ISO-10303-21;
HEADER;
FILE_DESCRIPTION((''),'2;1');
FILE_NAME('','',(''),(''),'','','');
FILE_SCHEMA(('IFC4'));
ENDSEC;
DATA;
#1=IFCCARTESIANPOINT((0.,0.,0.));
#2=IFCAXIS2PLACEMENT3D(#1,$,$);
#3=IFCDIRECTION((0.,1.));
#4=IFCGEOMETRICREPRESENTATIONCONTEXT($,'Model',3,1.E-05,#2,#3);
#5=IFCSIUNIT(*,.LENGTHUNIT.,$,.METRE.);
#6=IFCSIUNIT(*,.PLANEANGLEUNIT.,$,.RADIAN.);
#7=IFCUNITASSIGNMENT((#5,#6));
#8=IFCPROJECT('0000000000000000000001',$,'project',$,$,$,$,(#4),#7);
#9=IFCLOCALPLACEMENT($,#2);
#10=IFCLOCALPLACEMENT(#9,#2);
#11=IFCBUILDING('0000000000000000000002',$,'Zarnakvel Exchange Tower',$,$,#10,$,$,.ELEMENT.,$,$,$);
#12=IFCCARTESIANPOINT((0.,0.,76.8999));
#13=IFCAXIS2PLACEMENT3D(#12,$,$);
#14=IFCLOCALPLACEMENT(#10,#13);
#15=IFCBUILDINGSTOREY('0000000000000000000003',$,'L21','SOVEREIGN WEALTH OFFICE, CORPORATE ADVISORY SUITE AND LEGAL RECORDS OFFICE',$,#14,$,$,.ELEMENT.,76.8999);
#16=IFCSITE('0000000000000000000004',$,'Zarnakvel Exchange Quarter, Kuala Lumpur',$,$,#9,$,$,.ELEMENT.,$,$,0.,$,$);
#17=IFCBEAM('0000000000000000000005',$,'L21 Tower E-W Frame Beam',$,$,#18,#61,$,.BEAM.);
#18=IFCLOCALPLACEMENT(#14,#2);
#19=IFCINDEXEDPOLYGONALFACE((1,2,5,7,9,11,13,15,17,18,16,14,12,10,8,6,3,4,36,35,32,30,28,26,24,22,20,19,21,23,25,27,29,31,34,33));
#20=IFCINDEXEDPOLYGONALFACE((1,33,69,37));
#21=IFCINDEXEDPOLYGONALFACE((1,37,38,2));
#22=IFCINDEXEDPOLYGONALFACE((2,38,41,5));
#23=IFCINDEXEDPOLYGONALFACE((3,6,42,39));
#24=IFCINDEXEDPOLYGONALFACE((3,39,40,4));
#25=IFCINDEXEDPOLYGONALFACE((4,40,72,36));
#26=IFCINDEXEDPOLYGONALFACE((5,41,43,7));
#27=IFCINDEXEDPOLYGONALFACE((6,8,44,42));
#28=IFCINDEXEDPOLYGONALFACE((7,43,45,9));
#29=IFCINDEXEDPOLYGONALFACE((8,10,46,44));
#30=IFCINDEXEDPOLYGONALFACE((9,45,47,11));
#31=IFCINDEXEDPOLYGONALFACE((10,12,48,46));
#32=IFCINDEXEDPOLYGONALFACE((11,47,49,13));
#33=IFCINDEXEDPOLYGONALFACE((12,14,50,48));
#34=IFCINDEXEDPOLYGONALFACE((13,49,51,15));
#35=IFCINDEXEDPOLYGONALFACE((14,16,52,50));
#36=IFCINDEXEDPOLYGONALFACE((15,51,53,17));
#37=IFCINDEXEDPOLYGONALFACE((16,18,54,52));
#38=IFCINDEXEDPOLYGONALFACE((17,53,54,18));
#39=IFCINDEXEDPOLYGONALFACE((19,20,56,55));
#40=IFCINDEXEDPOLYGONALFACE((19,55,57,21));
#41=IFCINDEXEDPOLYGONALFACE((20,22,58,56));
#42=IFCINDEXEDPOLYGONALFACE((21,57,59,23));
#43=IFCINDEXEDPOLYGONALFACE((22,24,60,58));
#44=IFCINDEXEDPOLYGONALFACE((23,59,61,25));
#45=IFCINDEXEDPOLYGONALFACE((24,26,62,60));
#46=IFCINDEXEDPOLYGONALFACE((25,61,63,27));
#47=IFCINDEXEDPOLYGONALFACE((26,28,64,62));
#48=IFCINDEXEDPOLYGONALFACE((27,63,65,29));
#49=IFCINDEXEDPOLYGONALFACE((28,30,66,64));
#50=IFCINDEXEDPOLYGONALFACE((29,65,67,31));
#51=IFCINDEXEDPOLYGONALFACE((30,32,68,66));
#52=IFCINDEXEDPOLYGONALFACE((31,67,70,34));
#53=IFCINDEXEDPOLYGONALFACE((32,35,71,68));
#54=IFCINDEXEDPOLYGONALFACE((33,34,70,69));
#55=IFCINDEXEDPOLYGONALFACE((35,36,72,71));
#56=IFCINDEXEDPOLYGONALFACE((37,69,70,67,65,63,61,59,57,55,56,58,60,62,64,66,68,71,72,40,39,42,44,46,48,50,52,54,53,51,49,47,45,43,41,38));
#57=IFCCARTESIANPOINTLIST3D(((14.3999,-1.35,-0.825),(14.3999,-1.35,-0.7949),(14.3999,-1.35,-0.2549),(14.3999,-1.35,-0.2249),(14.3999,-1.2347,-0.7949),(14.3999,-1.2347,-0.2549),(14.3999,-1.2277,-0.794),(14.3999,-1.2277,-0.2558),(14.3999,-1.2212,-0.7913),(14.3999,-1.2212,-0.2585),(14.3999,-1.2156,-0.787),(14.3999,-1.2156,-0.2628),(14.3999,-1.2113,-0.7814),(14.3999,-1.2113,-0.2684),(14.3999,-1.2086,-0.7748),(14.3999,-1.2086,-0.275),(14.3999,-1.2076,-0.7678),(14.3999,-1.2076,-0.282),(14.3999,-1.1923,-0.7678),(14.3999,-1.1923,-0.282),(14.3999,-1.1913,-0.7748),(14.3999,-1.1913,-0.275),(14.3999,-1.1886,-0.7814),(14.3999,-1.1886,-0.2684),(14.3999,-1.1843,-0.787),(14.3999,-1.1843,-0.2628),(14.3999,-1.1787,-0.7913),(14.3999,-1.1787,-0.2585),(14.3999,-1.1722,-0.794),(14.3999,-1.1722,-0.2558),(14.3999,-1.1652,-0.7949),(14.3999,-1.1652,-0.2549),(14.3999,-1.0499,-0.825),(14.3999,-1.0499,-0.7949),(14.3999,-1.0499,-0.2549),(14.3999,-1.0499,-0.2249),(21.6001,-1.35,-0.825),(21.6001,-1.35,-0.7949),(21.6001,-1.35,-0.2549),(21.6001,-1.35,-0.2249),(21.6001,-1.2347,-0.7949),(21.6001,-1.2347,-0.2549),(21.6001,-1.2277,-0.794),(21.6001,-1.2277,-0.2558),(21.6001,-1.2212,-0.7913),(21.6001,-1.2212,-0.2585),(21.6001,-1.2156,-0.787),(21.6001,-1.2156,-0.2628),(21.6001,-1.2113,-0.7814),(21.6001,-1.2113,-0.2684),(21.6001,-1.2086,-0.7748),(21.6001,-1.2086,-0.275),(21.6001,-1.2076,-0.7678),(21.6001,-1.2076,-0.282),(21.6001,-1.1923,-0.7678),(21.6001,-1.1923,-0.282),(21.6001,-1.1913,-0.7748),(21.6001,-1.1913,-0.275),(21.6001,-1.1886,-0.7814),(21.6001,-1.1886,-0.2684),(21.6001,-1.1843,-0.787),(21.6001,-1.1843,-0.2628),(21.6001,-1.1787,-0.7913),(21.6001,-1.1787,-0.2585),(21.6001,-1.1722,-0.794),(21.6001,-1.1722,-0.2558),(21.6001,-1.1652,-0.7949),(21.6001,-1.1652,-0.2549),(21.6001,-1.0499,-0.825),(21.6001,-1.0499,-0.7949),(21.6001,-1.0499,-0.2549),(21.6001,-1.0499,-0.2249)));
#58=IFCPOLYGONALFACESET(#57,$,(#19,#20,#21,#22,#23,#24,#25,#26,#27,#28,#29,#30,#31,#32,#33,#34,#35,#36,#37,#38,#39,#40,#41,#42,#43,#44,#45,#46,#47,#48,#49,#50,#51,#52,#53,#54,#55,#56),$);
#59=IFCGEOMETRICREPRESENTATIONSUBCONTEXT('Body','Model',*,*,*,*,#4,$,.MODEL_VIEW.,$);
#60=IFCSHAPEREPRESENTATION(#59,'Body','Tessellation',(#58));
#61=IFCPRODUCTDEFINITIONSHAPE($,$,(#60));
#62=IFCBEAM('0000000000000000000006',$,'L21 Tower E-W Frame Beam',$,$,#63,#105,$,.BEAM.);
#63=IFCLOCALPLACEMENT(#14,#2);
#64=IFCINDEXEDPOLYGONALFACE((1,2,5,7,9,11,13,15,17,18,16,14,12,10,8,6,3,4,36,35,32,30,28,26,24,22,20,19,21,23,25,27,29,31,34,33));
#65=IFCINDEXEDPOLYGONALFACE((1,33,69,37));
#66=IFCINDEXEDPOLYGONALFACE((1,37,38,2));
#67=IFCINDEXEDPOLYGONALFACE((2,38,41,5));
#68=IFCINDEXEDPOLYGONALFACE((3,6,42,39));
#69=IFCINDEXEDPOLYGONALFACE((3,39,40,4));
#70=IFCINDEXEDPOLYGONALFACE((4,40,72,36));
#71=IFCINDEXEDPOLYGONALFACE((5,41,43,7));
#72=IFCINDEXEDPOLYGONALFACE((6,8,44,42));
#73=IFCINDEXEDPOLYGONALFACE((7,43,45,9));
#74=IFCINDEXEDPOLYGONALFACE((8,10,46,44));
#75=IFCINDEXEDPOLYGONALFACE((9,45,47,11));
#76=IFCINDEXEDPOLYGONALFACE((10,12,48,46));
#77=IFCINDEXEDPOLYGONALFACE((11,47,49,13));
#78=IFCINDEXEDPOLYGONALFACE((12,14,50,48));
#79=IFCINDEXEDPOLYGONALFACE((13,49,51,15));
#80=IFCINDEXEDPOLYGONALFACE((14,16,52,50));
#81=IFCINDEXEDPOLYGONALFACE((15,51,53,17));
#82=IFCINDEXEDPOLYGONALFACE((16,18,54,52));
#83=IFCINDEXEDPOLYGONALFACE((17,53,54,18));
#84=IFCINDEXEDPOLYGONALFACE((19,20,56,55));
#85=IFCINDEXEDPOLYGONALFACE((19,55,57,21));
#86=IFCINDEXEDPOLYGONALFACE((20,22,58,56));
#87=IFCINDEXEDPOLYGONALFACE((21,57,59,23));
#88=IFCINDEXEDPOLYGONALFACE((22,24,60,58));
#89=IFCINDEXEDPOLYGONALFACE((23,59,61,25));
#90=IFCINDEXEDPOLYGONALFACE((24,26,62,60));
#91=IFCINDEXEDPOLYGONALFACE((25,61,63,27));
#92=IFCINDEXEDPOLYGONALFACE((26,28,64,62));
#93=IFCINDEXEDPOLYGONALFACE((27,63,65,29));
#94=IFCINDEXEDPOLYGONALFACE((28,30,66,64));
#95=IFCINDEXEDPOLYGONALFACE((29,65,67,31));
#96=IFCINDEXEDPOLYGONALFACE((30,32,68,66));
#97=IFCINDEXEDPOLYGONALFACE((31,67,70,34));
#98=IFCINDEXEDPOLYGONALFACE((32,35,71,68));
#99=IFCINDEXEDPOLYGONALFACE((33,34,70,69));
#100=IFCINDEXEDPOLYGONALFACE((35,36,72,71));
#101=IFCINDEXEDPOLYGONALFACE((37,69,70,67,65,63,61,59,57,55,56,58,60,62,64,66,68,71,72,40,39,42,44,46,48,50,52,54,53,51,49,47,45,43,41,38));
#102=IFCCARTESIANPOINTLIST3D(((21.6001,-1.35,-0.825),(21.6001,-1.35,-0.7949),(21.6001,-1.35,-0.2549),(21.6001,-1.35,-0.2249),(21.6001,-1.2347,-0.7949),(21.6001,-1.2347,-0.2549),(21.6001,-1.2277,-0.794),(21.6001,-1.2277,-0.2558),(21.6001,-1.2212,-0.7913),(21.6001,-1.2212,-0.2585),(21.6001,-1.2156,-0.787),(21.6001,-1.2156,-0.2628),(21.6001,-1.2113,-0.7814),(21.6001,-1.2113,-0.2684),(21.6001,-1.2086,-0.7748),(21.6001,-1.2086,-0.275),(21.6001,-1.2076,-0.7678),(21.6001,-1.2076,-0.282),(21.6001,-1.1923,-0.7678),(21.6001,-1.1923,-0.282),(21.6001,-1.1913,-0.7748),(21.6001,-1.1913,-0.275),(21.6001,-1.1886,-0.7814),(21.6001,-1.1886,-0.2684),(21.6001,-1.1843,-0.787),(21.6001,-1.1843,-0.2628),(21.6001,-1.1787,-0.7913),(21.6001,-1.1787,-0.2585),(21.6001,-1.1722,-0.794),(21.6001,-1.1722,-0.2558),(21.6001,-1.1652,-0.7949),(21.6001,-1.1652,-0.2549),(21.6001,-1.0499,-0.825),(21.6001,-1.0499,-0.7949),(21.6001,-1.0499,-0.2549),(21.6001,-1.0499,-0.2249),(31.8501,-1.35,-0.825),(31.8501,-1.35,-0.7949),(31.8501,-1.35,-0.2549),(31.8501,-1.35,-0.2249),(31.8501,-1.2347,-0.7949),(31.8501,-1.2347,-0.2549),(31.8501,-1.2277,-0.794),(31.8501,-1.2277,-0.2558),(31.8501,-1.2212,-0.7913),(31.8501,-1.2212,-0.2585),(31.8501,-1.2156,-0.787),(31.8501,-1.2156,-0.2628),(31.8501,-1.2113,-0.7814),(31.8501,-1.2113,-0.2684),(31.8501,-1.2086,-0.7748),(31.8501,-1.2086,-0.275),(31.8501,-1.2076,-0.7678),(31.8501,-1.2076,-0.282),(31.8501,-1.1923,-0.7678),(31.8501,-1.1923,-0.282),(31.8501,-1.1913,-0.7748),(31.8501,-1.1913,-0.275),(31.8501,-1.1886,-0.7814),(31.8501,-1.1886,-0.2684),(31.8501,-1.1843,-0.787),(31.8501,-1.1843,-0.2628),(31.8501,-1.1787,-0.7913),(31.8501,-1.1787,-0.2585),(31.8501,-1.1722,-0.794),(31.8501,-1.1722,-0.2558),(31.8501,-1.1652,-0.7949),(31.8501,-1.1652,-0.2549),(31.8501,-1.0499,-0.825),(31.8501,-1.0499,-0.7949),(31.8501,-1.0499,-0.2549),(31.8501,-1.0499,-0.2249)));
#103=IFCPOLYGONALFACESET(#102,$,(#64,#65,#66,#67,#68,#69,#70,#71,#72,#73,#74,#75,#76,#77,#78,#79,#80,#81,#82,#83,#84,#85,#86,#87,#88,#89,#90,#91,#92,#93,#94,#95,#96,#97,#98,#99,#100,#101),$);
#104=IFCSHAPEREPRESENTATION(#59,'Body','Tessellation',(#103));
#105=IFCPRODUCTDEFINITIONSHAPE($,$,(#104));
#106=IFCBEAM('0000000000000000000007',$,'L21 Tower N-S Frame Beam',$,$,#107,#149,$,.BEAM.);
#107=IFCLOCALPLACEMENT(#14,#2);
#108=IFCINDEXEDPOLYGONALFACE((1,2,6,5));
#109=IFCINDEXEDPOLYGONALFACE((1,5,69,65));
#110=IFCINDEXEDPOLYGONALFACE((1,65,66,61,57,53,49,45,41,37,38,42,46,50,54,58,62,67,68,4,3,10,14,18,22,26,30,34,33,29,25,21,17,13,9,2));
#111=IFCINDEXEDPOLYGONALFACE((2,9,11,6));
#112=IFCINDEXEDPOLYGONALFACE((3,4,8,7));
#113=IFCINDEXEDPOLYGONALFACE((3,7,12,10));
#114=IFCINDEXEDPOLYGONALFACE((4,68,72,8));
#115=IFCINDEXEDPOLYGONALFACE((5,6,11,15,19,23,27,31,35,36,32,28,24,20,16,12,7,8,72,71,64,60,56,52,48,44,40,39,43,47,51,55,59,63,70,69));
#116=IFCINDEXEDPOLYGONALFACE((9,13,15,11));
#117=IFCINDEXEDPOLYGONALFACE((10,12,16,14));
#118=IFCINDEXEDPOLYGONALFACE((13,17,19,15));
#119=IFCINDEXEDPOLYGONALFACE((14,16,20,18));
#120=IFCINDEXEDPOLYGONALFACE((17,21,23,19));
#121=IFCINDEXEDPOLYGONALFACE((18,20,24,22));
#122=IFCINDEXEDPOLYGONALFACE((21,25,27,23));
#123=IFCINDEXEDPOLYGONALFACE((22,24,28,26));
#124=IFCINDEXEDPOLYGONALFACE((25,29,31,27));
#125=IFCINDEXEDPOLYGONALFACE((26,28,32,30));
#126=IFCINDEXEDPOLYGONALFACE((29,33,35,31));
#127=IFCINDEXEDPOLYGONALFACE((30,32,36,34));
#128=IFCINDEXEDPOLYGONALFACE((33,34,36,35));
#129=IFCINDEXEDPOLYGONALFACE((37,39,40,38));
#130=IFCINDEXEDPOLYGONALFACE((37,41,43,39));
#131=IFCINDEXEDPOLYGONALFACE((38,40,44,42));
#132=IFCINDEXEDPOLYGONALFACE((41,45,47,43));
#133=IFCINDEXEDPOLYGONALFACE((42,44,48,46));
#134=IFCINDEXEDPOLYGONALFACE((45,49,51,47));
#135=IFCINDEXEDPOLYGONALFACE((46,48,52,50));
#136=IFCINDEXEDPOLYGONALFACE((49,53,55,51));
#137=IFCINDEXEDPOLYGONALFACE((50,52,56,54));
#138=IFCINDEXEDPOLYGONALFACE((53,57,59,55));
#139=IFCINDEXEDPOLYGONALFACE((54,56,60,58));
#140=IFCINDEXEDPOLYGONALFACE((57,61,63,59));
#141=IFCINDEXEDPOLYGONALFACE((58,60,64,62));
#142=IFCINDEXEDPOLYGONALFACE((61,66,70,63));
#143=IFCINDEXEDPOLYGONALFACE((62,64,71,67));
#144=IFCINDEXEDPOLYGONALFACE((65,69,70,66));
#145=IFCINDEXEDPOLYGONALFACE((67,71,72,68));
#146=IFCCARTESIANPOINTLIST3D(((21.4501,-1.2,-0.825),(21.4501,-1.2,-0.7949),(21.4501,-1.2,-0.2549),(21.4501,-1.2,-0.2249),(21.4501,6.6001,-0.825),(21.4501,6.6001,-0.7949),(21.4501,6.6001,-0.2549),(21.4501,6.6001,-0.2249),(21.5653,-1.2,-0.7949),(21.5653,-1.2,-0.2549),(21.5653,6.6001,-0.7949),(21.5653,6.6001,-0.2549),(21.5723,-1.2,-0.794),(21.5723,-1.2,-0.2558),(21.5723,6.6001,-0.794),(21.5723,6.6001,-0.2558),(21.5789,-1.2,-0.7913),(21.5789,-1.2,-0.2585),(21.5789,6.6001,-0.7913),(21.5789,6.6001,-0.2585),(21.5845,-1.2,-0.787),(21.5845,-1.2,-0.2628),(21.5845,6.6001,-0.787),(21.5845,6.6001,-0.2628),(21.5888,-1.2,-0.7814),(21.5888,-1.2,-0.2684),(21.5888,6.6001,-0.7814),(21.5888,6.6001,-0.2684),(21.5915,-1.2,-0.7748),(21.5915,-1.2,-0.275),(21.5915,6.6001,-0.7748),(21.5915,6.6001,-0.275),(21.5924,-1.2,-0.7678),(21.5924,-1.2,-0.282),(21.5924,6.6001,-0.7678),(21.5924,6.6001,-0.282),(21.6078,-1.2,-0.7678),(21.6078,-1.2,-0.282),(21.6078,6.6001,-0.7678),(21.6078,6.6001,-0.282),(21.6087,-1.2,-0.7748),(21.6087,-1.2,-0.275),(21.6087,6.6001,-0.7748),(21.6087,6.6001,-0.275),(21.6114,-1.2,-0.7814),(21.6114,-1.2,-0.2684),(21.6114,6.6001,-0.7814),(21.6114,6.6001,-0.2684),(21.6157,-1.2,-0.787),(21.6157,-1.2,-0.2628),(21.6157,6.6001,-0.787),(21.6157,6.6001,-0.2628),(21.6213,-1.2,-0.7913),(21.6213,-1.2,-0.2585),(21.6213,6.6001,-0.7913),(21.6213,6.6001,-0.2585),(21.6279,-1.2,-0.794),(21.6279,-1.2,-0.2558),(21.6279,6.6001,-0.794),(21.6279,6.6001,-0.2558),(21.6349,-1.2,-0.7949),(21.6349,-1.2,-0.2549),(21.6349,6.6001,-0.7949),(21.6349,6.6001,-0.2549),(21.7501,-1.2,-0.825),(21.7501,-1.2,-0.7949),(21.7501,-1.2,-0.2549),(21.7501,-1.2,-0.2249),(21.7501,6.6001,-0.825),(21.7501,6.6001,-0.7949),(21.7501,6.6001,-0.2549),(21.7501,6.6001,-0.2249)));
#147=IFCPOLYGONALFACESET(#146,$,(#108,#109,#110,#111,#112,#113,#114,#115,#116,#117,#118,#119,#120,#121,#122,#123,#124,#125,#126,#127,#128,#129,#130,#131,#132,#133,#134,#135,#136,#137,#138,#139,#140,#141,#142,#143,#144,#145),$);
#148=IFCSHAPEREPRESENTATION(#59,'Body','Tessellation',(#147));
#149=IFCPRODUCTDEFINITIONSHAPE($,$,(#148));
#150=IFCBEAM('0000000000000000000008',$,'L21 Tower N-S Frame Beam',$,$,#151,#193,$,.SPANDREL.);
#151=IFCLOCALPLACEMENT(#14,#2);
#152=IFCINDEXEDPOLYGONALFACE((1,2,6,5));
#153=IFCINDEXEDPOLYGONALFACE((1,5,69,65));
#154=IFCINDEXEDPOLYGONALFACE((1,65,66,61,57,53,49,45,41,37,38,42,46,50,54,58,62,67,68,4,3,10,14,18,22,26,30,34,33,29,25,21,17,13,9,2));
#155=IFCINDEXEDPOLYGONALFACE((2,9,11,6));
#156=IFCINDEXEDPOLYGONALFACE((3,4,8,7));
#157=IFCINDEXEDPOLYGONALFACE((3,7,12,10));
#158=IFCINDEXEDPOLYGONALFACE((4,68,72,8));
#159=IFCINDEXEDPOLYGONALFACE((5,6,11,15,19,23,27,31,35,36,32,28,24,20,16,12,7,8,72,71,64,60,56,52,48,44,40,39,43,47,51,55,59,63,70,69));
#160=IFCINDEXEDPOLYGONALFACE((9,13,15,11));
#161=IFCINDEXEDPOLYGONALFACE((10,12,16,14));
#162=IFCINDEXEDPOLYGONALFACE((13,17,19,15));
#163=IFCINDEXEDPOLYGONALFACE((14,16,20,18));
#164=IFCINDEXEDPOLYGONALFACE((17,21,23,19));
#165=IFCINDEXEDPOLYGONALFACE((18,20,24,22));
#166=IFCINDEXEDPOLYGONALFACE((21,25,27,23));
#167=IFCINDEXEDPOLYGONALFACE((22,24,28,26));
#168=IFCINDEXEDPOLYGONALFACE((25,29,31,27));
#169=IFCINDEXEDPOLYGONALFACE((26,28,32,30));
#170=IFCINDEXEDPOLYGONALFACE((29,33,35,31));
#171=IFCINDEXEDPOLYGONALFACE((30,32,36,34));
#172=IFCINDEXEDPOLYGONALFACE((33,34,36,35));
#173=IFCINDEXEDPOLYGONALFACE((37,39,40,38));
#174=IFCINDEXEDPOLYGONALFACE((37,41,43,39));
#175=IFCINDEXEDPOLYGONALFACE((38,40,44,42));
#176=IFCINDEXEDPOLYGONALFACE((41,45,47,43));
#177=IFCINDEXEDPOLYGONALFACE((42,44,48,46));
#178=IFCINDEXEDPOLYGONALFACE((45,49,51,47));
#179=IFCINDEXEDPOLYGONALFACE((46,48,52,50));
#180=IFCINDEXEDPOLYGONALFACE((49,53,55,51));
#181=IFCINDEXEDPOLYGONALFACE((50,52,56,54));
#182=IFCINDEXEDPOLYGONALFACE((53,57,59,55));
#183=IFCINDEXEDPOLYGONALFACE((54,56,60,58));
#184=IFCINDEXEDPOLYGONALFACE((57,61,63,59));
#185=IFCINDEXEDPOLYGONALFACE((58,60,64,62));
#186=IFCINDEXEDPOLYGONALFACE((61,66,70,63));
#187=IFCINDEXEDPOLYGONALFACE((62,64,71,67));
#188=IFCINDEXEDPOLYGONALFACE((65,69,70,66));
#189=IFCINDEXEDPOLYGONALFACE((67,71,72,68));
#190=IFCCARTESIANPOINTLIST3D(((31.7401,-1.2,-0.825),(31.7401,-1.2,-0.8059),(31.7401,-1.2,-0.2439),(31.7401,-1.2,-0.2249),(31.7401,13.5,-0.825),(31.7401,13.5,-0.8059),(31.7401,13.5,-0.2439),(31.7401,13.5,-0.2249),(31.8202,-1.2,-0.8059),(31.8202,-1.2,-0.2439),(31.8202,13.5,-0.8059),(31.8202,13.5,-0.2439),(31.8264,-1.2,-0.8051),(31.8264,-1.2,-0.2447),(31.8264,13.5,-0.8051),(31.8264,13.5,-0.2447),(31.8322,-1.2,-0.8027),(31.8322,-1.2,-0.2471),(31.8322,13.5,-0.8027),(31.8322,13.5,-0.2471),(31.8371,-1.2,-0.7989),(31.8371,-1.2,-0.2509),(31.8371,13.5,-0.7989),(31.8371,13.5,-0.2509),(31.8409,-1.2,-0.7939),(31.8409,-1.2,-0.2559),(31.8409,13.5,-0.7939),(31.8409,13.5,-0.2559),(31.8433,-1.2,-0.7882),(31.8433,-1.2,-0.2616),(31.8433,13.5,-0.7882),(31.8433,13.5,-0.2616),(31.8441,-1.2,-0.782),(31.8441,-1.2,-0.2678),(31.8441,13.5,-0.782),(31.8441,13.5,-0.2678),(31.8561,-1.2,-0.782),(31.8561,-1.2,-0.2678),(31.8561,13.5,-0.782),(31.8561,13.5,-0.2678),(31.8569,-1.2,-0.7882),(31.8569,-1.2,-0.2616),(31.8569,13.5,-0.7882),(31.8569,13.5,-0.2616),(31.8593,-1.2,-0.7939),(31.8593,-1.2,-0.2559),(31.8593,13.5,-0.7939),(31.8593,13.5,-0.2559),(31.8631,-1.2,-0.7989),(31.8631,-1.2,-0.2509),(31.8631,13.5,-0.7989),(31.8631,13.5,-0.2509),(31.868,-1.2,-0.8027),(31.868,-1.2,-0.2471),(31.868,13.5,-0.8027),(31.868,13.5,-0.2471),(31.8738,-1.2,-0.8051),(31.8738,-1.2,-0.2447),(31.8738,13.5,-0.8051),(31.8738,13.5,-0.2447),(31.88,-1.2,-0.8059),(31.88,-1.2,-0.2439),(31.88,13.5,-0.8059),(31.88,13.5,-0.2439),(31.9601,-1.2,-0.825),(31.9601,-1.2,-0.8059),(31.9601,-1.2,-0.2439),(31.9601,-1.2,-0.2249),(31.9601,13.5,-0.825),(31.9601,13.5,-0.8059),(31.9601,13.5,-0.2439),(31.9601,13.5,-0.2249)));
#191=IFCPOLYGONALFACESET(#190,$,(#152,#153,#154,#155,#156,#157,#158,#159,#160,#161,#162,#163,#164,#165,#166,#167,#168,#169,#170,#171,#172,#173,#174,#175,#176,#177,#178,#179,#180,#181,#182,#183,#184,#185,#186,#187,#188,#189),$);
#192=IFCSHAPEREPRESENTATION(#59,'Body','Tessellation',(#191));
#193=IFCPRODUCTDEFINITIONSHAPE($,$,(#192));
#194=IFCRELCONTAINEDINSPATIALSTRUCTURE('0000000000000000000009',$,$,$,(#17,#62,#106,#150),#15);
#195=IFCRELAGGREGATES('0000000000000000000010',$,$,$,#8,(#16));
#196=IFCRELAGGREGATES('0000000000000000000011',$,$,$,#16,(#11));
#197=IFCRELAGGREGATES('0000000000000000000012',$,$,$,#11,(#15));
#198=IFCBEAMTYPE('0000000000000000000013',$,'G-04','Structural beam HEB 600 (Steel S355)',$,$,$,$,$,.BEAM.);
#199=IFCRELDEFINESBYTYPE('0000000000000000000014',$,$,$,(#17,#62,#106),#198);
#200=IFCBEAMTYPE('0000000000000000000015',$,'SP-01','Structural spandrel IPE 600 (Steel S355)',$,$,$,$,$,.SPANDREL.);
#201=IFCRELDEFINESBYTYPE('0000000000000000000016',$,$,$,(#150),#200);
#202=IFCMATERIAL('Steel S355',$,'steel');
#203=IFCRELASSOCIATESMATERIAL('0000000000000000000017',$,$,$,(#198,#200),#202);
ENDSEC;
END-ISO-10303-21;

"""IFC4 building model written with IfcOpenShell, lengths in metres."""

from ifc_helpers import new_model, si_unit, direction, frame, origin, origin_2d, place, context, subcontext, project, spatial, i_section, extrude, material, material_profile, profile_set, type_object, element, save


model = new_model("IFC4")

# Units and contexts
model_context = context("Model", 3, precision=1e-05, world=origin(), true_north=direction((0.0, 1.0)))
body_context = subcontext(model_context, "Body", "Model", "MODEL_VIEW")
ifc_project = project(units=[si_unit("LENGTHUNIT", "METRE"), si_unit("PLANEANGLEUNIT", "RADIAN")], contexts=[model_context])

# Site, building, storey
site_placement = place(None, origin())
site = spatial("IfcSite", under=ifc_project, at=site_placement, Name="Zarnakvel Exchange Quarter, Kuala Lumpur", CompositionType="ELEMENT", RefElevation=0.0)
building_placement = place(site_placement, origin())
building = spatial("IfcBuilding", under=site, at=building_placement, Name="Zarnakvel Exchange Tower", CompositionType="ELEMENT")
storey_placement = place(building_placement, frame((0.0, 0.0, 76.8999)))
storey = spatial("IfcBuildingStorey", under=building, at=storey_placement, Name="L21", Description="SOVEREIGN WEALTH OFFICE, CORPORATE ADVISORY SUITE AND LEGAL RECORDS OFFICE", CompositionType="ELEMENT", Elevation=76.8999)

# Shared definitions
ifc_material_1 = material(Name="Steel S355", Category="steel")

# Beams
ifc_material_profile_1 = material_profile(ifc_material_1, i_section(OverallWidth=0.3, OverallDepth=0.6001, WebThickness=0.0154, FlangeThickness=0.03, FilletRadius=0.0271, at=origin_2d()))
ifc_profile_set_1 = profile_set([ifc_material_profile_1], Name="Steel S355")
beam_type_1 = type_object("IfcBeamType", Name="G-04", Description="Structural beam HEB 600 (Steel S355)", PredefinedType="BEAM", material=ifc_profile_set_1)
beam_1_placement = place(storey_placement, frame((14.3999, -1.2, -0.5249), z_axis=(1.0, 0.0, 0.0), x_axis=(0.0, 1.0, 0.0)))
element("IfcBeam", 1, at=beam_1_placement, inside=storey, type_object=beam_type_1, Name="L21 Tower E-W Frame Beam", PredefinedType="BEAM", context=body_context, shape_type="SweptSolid", body=[
    extrude(i_section(OverallWidth=0.3, OverallDepth=0.6001, WebThickness=0.0154, FlangeThickness=0.03, FilletRadius=0.0271, at=origin_2d()), origin(), (0.0, 0.0, 1.0), 7.2002),
])
beam_2_placement = place(storey_placement, frame((21.6001, -1.2, -0.5249), z_axis=(1.0, 0.0, 0.0), x_axis=(0.0, 1.0, 0.0)))
element("IfcBeam", 2, at=beam_2_placement, inside=storey, type_object=beam_type_1, Name="L21 Tower E-W Frame Beam", PredefinedType="BEAM", context=body_context, shape_type="SweptSolid", body=[
    extrude(i_section(OverallWidth=0.3, OverallDepth=0.6001, WebThickness=0.0154, FlangeThickness=0.03, FilletRadius=0.0271, at=origin_2d()), origin(), (0.0, 0.0, 1.0), 10.25),
])
beam_3_placement = place(storey_placement, frame((21.6001, -1.2, -0.5249), z_axis=(0.0, 1.0, 0.0), x_axis=(-1.0, 0.0, 0.0)))
element("IfcBeam", 3, at=beam_3_placement, inside=storey, type_object=beam_type_1, Name="L21 Tower N-S Frame Beam", PredefinedType="BEAM", context=body_context, shape_type="SweptSolid", body=[
    extrude(i_section(OverallWidth=0.3, OverallDepth=0.6001, WebThickness=0.0154, FlangeThickness=0.03, FilletRadius=0.0271, at=origin_2d()), origin(), (0.0, 0.0, 1.0), 7.8),
])
ifc_material_profile_2 = material_profile(ifc_material_1, i_section(OverallWidth=0.22, OverallDepth=0.6001, WebThickness=0.012, FlangeThickness=0.019, FilletRadius=0.0239, at=origin_2d()))
ifc_profile_set_2 = profile_set([ifc_material_profile_2], Name="Steel S355")
beam_type_2 = type_object("IfcBeamType", Name="SP-01", Description="Structural spandrel IPE 600 (Steel S355)", PredefinedType="SPANDREL", material=ifc_profile_set_2)
beam_4_placement = place(storey_placement, frame((31.8501, -1.2, -0.5249), z_axis=(0.0, 1.0, 0.0), x_axis=(-1.0, 0.0, 0.0)))
element("IfcBeam", 4, at=beam_4_placement, inside=storey, type_object=beam_type_2, Name="L21 Tower N-S Frame Beam", PredefinedType="SPANDREL", context=body_context, shape_type="SweptSolid", body=[
    extrude(i_section(OverallWidth=0.22, OverallDepth=0.6001, WebThickness=0.012, FlangeThickness=0.019, FilletRadius=0.0239, at=origin_2d()), origin(), (0.0, 0.0, 1.0), 14.7),
])

save(model, "model.ifc")
